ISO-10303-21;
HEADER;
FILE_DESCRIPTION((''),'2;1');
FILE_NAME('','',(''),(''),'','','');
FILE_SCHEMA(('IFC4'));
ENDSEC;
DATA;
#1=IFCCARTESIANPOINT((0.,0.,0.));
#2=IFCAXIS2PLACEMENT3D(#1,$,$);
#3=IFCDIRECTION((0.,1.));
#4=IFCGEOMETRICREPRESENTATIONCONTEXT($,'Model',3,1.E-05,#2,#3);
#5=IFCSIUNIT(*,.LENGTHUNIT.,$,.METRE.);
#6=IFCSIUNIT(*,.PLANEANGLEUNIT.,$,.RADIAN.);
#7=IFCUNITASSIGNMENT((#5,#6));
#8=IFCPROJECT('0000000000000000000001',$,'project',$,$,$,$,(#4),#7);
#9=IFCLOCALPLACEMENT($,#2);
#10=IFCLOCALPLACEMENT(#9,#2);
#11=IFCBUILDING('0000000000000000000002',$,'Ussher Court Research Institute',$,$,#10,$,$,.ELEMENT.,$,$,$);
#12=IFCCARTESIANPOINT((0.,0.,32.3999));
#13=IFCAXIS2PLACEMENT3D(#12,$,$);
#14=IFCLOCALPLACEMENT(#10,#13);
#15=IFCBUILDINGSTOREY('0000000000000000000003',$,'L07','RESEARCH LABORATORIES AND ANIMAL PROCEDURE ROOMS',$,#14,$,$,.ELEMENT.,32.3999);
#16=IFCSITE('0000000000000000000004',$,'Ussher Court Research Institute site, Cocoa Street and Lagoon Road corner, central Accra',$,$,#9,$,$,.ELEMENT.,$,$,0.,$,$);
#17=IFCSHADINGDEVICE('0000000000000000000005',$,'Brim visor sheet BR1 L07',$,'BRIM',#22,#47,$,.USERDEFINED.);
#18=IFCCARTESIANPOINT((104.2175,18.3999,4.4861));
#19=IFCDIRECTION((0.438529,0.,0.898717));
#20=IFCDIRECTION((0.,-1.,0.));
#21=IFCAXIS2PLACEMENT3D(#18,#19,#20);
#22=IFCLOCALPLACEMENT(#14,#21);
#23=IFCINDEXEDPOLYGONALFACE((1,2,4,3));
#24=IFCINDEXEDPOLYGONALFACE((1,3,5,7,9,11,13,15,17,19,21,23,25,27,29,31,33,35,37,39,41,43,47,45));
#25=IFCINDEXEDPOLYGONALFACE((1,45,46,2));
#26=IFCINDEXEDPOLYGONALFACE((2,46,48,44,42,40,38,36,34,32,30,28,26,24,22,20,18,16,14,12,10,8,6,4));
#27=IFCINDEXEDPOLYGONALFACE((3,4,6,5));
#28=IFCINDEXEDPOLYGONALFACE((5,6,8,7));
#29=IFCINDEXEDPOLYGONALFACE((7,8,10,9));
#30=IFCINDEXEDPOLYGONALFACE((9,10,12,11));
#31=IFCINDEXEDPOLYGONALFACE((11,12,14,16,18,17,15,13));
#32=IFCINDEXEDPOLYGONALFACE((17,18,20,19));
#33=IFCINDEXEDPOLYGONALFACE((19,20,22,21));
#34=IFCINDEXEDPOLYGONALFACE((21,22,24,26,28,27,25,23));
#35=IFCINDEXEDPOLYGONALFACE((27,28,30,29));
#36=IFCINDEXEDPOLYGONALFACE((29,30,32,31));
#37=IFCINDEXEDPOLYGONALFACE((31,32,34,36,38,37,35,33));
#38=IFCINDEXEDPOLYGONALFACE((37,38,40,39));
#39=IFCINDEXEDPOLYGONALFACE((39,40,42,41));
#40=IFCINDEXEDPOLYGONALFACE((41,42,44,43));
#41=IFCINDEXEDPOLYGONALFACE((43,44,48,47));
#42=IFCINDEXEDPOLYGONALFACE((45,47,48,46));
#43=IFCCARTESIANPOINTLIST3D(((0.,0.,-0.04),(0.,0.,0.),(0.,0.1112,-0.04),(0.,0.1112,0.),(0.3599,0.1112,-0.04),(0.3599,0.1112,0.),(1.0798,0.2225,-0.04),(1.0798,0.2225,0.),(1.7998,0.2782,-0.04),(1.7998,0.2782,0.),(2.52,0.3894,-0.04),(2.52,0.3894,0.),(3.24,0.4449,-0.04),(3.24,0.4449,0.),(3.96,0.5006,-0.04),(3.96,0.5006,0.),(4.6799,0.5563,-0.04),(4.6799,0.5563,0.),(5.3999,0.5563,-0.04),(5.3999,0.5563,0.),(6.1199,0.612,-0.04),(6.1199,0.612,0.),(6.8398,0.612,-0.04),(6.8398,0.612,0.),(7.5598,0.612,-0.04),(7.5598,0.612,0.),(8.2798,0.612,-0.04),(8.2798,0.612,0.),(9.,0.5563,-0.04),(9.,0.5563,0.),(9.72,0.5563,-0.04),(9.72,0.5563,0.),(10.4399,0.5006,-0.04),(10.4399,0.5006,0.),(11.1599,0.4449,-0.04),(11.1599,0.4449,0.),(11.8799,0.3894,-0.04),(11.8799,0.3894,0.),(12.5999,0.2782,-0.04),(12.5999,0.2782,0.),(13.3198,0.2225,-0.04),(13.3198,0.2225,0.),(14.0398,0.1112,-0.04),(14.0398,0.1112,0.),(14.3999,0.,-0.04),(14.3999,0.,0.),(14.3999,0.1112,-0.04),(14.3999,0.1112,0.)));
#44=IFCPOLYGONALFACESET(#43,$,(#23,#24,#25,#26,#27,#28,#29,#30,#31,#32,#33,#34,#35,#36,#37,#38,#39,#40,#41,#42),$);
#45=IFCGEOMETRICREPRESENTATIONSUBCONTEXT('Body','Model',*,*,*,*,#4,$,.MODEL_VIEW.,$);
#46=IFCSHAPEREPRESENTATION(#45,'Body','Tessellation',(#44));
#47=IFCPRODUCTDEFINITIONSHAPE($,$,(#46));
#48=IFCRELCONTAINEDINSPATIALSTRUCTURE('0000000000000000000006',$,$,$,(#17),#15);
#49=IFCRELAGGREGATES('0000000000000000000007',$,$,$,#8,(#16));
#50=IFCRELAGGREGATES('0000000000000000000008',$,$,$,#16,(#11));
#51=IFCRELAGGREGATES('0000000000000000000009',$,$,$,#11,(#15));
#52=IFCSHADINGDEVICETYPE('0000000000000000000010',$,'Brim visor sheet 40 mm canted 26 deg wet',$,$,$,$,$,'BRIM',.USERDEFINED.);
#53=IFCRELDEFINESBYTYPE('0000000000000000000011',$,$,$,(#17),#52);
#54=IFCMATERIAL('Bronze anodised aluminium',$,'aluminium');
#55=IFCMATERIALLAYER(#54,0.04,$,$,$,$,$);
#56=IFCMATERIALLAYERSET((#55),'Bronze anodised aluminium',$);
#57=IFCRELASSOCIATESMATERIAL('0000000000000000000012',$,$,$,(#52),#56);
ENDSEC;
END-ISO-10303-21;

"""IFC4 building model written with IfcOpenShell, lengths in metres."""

from ifc_helpers import new_model, si_unit, direction, frame, origin, place, context, subcontext, project, spatial, polyline, outline, extrude, material, layer, layer_set, type_object, element, save


model = new_model("IFC4")

# Units and contexts
model_context = context("Model", 3, precision=1e-05, world=origin(), true_north=direction((0.0, 1.0)))
body_context = subcontext(model_context, "Body", "Model", "MODEL_VIEW")
ifc_project = project(units=[si_unit("LENGTHUNIT", "METRE"), si_unit("PLANEANGLEUNIT", "RADIAN")], contexts=[model_context])

# Site, building, storey
site_placement = place(None, origin())
site = spatial("IfcSite", under=ifc_project, at=site_placement, Name="Ussher Court Research Institute site, Cocoa Street and Lagoon Road corner, central Accra", CompositionType="ELEMENT", RefElevation=0.0)
building_placement = place(site_placement, origin())
building = spatial("IfcBuilding", under=site, at=building_placement, Name="Ussher Court Research Institute", CompositionType="ELEMENT")
storey_placement = place(building_placement, frame((0.0, 0.0, 32.3999)))
storey = spatial("IfcBuildingStorey", under=building, at=storey_placement, Name="L07", Description="RESEARCH LABORATORIES AND ANIMAL PROCEDURE ROOMS", CompositionType="ELEMENT", Elevation=32.3999)

# Shading device
ifc_material_1 = material(Name="Bronze anodised aluminium", Category="aluminium")
ifc_layer_1 = layer(ifc_material_1, 0.04)
ifc_layer_set_1 = layer_set([ifc_layer_1], Name="Bronze anodised aluminium")
shading_device_type_1 = type_object("IfcShadingDeviceType", Name="Brim visor sheet 40 mm canted 26 deg wet", ElementType="BRIM", PredefinedType="USERDEFINED", material=ifc_layer_set_1)
shading_device_1_placement = place(storey_placement, frame((104.2175, 18.3999, 4.4861), z_axis=(0.438529, 0.0, 0.898717), x_axis=(0.0, -1.0, 0.0)))
element("IfcShadingDevice", 1, at=shading_device_1_placement, inside=storey, type_object=shading_device_type_1, Name="Brim visor sheet BR1 L07", ObjectType="BRIM", PredefinedType="USERDEFINED", context=body_context, shape_type="SweptSolid", body=[
    extrude(outline(polyline([(0.0, 0.0), (14.3999, 0.0), (14.3999, 0.1112), (14.0398, 0.1112), (13.3198, 0.2225), (12.5999, 0.2782), (11.8799, 0.3894), (11.1599, 0.4449), (10.4399, 0.5006), (9.72, 0.5563), (9.0, 0.5563), (8.2798, 0.612), (7.5598, 0.612), (6.8398, 0.612), (6.1199, 0.612), (5.3999, 0.5563), (4.6799, 0.5563), (3.96, 0.5006), (3.24, 0.4449), (2.52, 0.3894), (1.7998, 0.2782), (1.0798, 0.2225), (0.3599, 0.1112), (0.0, 0.1112), (0.0, 0.0)])), origin(), (0.0, 0.0, -1.0), 0.04),
])

save(model, "model.ifc")
